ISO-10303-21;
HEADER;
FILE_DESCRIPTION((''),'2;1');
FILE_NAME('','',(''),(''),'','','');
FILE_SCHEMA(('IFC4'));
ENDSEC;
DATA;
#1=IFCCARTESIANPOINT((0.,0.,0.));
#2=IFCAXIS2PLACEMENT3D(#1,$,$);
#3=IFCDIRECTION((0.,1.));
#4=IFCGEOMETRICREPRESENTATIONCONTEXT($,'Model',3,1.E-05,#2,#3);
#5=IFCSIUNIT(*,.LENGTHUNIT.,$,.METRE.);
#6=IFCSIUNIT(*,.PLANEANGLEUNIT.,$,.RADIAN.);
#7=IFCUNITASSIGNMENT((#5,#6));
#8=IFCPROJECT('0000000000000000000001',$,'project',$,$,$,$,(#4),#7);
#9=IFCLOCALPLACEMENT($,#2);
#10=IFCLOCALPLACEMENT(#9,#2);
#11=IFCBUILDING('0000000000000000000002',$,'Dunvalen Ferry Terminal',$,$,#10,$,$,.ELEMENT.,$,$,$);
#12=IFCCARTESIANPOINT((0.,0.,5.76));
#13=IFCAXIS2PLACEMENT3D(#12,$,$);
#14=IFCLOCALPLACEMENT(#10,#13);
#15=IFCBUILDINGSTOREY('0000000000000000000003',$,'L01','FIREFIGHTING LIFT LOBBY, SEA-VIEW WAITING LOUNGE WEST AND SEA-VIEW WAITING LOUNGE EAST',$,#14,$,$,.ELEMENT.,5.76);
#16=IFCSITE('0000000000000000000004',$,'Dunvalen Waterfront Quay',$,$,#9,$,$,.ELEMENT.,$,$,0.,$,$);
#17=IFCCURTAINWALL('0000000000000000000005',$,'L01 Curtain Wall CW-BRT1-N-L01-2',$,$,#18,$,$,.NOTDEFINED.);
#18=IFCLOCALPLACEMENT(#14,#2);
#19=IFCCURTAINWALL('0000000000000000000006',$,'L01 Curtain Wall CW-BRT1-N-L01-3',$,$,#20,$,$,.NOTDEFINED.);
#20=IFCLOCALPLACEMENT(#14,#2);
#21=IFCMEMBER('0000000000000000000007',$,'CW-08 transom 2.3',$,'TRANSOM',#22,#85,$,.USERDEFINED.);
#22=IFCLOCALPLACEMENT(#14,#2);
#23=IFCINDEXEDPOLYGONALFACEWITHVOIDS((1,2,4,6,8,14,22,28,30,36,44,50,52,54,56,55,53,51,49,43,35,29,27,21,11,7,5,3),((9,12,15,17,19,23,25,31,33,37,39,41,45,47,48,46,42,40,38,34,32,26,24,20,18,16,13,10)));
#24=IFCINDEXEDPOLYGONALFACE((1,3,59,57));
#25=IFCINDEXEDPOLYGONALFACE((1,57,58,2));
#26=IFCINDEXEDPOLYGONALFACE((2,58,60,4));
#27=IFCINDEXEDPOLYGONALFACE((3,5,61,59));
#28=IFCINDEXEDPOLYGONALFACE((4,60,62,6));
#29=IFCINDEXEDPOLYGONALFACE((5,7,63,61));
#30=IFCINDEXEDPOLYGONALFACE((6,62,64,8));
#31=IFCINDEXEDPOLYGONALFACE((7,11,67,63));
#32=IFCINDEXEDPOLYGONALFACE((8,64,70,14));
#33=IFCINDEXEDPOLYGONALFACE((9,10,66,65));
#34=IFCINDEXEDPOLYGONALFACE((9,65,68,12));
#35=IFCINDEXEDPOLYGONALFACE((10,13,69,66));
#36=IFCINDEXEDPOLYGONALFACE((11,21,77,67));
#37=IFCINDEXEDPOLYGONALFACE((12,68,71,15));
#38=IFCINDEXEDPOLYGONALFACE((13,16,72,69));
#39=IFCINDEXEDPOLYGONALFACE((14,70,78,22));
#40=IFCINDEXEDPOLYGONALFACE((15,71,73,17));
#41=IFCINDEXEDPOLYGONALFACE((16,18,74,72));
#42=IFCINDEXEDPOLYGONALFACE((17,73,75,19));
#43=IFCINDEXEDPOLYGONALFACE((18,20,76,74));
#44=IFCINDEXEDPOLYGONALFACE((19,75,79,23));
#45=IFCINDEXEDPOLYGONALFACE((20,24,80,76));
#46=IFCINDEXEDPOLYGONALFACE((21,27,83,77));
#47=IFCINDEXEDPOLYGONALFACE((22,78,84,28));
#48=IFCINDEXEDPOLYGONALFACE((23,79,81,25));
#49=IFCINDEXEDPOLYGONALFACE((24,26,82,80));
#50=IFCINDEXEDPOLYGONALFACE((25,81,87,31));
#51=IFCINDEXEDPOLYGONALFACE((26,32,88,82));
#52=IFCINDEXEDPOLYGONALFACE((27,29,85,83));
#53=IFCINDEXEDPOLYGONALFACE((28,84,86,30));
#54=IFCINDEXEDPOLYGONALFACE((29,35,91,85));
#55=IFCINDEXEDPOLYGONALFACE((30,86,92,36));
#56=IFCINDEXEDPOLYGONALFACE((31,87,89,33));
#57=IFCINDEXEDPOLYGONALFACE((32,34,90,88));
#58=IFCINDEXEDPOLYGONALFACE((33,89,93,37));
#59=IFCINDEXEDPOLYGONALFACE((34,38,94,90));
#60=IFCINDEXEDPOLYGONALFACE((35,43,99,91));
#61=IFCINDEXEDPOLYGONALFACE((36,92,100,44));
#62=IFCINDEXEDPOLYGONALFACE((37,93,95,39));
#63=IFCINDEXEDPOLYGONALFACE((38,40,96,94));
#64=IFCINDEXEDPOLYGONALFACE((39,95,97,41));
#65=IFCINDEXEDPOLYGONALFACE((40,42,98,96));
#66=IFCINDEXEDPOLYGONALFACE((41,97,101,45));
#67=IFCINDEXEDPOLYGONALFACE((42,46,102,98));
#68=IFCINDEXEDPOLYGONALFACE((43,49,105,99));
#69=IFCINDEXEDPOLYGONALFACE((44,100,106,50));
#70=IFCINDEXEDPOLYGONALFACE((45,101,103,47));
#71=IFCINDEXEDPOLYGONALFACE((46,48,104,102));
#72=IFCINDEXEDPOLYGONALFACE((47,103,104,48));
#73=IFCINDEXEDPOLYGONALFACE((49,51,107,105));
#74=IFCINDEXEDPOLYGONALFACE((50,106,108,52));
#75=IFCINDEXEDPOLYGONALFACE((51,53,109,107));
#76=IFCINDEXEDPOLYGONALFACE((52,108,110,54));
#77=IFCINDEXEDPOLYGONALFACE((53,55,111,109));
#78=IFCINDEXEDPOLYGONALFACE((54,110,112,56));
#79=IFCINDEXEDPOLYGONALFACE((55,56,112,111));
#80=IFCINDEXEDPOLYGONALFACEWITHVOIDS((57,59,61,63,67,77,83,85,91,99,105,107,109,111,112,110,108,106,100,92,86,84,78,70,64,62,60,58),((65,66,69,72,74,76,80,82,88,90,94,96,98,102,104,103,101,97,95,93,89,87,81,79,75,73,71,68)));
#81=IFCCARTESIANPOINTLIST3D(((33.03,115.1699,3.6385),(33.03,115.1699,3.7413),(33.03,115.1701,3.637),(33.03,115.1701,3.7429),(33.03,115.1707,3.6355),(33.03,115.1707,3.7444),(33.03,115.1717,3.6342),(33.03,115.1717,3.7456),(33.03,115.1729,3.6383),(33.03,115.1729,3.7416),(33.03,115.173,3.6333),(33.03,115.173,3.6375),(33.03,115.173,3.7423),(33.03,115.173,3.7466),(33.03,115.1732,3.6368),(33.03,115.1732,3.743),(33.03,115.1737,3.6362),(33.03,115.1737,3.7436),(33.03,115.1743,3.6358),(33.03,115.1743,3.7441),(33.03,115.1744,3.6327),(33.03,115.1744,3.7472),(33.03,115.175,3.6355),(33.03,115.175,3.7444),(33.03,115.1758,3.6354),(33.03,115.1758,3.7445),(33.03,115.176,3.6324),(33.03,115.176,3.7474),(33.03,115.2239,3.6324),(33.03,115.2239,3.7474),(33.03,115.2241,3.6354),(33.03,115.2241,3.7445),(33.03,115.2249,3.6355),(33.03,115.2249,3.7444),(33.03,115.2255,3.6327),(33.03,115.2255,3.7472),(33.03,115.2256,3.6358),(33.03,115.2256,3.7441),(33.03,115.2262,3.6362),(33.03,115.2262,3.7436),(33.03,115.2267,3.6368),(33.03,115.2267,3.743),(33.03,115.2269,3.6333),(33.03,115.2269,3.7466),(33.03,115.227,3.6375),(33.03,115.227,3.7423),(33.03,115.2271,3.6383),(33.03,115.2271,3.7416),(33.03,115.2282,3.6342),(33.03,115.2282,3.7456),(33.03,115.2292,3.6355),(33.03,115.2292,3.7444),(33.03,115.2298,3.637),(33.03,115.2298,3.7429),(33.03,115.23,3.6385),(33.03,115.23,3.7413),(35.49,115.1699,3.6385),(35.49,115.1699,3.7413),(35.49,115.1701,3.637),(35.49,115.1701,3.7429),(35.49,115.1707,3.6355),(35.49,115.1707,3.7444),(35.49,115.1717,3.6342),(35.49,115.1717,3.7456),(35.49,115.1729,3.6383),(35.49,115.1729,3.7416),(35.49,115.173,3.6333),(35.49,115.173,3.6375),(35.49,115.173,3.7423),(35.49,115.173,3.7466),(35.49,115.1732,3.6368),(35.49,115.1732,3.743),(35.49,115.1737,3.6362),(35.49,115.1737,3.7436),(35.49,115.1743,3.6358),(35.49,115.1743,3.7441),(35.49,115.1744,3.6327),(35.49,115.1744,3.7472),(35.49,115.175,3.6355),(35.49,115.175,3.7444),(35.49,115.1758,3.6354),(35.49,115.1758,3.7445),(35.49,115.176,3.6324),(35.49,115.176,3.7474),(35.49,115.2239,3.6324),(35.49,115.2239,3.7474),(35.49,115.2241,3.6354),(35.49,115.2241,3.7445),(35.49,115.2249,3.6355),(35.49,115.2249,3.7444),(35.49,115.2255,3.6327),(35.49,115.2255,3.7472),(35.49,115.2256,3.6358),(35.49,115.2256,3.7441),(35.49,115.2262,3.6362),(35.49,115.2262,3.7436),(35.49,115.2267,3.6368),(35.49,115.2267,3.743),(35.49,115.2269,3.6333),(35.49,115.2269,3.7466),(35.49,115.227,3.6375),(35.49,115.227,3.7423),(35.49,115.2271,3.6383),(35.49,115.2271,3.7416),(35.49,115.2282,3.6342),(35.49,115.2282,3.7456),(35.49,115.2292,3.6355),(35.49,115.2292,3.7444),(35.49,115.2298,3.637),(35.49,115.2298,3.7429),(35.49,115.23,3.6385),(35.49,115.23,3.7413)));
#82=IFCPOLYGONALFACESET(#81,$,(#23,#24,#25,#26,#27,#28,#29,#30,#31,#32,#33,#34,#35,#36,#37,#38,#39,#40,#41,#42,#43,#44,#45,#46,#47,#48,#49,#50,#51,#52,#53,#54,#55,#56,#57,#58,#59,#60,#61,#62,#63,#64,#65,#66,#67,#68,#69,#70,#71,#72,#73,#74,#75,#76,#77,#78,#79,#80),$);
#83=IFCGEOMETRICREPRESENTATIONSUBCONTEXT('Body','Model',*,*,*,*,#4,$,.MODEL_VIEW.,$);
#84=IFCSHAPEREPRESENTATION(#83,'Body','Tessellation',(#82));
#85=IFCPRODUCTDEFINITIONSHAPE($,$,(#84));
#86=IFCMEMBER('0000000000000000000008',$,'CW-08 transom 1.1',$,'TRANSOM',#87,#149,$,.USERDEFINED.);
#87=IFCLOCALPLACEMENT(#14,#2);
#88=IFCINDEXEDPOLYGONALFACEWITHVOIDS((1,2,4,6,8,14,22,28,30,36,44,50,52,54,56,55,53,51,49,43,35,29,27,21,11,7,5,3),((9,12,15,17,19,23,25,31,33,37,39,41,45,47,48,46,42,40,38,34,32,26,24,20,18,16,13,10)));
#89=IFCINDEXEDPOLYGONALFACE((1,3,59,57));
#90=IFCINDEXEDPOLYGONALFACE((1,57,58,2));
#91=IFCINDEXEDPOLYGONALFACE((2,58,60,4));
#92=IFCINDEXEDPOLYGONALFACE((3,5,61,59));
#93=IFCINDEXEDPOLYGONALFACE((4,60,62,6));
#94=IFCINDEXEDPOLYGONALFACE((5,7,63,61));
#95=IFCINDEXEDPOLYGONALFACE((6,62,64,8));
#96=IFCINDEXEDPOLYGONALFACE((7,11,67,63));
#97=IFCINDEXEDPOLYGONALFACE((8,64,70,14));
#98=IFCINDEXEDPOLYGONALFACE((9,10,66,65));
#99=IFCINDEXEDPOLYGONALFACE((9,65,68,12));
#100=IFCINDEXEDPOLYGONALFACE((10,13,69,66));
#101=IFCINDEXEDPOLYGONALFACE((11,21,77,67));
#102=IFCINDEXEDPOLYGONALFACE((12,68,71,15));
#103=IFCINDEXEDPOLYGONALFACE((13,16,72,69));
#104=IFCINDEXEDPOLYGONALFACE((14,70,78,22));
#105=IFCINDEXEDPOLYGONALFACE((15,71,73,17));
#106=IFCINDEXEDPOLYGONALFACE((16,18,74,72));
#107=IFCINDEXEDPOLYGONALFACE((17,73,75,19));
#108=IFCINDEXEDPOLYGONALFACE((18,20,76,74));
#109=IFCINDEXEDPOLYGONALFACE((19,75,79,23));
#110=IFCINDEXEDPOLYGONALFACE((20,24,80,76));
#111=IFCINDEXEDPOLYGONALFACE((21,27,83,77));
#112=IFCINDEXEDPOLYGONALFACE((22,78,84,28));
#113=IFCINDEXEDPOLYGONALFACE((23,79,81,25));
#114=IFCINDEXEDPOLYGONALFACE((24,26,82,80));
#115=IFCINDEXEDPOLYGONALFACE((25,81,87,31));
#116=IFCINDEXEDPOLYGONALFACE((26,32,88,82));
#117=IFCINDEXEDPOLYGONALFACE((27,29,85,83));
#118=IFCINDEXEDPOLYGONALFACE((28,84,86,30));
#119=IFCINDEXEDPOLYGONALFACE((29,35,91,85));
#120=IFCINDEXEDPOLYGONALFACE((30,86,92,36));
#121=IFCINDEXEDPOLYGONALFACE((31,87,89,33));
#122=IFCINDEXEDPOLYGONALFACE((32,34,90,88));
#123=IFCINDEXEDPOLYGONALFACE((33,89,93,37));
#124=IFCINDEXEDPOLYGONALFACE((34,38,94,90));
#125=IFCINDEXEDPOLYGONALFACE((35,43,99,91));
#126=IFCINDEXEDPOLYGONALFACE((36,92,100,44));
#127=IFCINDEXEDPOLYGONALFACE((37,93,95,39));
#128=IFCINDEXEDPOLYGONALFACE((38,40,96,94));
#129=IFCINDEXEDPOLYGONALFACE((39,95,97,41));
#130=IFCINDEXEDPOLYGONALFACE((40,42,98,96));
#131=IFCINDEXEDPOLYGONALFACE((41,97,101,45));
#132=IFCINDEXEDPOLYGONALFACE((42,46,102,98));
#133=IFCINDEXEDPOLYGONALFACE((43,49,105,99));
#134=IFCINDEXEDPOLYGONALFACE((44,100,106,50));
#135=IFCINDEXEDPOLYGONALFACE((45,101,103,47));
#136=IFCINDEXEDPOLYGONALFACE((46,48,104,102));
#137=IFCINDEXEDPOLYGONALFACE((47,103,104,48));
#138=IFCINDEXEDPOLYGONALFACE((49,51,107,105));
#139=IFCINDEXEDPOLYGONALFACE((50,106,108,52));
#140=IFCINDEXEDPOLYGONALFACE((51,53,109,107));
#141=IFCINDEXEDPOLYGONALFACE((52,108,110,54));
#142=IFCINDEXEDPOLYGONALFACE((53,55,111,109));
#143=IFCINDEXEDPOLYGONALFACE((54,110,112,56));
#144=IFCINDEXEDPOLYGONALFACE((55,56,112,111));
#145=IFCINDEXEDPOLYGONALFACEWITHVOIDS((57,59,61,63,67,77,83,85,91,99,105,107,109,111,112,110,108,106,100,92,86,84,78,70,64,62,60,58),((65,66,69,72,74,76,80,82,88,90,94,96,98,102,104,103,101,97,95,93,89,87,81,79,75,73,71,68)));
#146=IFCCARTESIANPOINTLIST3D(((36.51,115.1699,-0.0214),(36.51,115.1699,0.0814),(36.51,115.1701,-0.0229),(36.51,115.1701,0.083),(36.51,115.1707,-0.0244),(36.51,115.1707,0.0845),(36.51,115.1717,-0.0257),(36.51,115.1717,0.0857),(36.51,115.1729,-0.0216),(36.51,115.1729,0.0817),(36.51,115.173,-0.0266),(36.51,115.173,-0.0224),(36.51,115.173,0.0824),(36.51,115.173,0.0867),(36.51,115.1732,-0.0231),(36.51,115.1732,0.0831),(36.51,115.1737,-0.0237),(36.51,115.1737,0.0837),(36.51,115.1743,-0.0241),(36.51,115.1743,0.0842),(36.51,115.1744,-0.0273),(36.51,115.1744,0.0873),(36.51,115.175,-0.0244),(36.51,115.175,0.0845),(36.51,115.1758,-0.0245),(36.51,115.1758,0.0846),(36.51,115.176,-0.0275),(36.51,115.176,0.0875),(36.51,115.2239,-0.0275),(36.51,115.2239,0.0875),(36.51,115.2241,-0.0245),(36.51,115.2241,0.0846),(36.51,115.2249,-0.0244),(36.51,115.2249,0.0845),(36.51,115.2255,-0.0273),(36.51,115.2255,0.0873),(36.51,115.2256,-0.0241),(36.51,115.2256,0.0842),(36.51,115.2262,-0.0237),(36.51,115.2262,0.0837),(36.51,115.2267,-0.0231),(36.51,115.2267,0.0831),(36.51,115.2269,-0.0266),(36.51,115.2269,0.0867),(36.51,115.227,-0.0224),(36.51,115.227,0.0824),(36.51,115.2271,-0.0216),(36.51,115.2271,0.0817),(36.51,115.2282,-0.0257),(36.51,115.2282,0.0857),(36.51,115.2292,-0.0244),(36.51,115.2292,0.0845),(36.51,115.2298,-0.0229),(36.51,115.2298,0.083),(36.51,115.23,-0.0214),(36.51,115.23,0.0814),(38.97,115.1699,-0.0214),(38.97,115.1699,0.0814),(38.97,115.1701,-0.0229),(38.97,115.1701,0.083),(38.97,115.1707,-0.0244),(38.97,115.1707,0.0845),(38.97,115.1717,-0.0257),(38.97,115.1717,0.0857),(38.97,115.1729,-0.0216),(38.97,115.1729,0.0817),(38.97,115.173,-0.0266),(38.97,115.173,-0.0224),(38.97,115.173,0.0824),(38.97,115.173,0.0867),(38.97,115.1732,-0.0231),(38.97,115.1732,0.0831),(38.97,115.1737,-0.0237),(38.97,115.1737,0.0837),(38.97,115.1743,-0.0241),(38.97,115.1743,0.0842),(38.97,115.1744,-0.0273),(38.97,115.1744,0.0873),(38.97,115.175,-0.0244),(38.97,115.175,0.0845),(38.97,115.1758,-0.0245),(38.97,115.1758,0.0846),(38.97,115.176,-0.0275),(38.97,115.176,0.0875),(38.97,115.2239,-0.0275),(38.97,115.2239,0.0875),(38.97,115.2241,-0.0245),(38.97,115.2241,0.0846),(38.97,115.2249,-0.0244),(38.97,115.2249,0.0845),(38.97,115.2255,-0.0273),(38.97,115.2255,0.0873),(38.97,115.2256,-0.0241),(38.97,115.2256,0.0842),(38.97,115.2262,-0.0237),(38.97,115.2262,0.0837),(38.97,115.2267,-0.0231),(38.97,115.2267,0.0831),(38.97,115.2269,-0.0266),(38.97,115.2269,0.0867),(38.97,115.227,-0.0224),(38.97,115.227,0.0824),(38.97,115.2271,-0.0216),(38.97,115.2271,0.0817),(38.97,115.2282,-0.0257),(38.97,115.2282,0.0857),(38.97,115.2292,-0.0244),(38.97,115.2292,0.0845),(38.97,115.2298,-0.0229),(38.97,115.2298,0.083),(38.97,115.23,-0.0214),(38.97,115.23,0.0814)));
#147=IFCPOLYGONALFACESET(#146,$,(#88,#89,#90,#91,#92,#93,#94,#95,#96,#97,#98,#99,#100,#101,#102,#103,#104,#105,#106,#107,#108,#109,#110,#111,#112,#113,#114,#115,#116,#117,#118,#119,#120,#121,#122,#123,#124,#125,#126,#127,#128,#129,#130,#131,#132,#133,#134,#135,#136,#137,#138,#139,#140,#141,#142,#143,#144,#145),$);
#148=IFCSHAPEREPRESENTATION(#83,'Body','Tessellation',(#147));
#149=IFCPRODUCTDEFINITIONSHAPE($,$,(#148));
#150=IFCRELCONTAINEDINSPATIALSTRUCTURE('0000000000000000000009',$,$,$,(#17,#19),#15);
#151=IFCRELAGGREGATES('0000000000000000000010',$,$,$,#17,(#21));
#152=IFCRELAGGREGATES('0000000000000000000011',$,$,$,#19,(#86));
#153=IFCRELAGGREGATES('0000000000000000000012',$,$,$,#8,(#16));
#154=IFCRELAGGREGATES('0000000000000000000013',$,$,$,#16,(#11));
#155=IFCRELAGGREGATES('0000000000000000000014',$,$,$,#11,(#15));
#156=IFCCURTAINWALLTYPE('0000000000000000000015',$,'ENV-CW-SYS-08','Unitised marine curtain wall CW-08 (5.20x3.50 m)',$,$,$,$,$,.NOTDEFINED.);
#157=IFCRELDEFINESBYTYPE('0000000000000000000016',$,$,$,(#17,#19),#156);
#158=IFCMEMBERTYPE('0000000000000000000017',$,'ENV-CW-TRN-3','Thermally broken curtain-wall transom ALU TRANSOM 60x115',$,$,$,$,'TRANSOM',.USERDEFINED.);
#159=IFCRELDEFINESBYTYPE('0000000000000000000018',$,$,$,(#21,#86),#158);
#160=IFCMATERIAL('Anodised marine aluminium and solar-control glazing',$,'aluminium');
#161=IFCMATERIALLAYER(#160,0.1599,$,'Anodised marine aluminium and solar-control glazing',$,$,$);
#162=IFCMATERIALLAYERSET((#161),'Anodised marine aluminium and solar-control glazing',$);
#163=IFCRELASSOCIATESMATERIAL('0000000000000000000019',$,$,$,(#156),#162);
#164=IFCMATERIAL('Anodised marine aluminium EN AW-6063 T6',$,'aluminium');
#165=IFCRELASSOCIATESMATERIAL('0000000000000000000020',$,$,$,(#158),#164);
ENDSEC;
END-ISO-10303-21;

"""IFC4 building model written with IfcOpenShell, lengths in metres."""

from ifc_helpers import new_model, si_unit, direction, frame, origin, origin_2d, place, context, subcontext, project, spatial, hollow_rectangle, extrude, material, layer, layer_set, material_profile, profile_set, type_object, element, aggregate, save


model = new_model("IFC4")

# Units and contexts
model_context = context("Model", 3, precision=1e-05, world=origin(), true_north=direction((0.0, 1.0)))
body_context = subcontext(model_context, "Body", "Model", "MODEL_VIEW")
ifc_project = project(units=[si_unit("LENGTHUNIT", "METRE"), si_unit("PLANEANGLEUNIT", "RADIAN")], contexts=[model_context])

# Site, building, storey
site_placement = place(None, origin())
site = spatial("IfcSite", under=ifc_project, at=site_placement, Name="Dunvalen Waterfront Quay", CompositionType="ELEMENT", RefElevation=0.0)
building_placement = place(site_placement, origin())
building = spatial("IfcBuilding", under=site, at=building_placement, Name="Dunvalen Ferry Terminal", CompositionType="ELEMENT")
storey_placement = place(building_placement, frame((0.0, 0.0, 5.76)))
storey = spatial("IfcBuildingStorey", under=building, at=storey_placement, Name="L01", Description="FIREFIGHTING LIFT LOBBY, SEA-VIEW WAITING LOUNGE WEST AND SEA-VIEW WAITING LOUNGE EAST", CompositionType="ELEMENT", Elevation=5.76)

# Curtain wall
ifc_material_1 = material(Name="Anodised marine aluminium and solar-control glazing", Category="aluminium")
ifc_layer_1 = layer(ifc_material_1, 0.1599, Name="Anodised marine aluminium and solar-control glazing")
ifc_layer_set_1 = layer_set([ifc_layer_1], Name="Anodised marine aluminium and solar-control glazing")
curtain_wall_type = type_object("IfcCurtainWallType", Name="ENV-CW-SYS-08", Description="Unitised marine curtain wall CW-08 (5.20x3.50 m)", PredefinedType="NOTDEFINED", material=ifc_layer_set_1)
ifc_material_2 = material(Name="Anodised marine aluminium EN AW-6063 T6", Category="aluminium")
curtain_wall_1_placement = place(storey_placement, origin())
curtain_wall_1 = element("IfcCurtainWall", 1, at=curtain_wall_1_placement, inside=storey, type_object=curtain_wall_type, Name="L01 Curtain Wall CW-BRT1-N-L01-2", PredefinedType="NOTDEFINED")

# Curtain wall
curtain_wall_2_placement = place(storey_placement, origin())
curtain_wall_2 = element("IfcCurtainWall", 2, at=curtain_wall_2_placement, inside=storey, type_object=curtain_wall_type, Name="L01 Curtain Wall CW-BRT1-N-L01-3", PredefinedType="NOTDEFINED")

# Members
ifc_material_profile_1 = material_profile(ifc_material_2, hollow_rectangle(XDim=0.0601, YDim=0.115, WallThickness=0.0029, InnerFilletRadius=0.0029, OuterFilletRadius=0.0061, at=origin_2d()), Name="Anodised marine aluminium EN AW-6063 T6")
ifc_profile_set_1 = profile_set([ifc_material_profile_1], Name="Anodised marine aluminium EN AW-6063 T6")
member_type_1 = type_object("IfcMemberType", Name="ENV-CW-TRN-3", Description="Thermally broken curtain-wall transom ALU TRANSOM 60x115", ElementType="TRANSOM", PredefinedType="USERDEFINED", material=ifc_profile_set_1)
member_1_placement = place(storey_placement, frame((33.03, 115.2, 3.6899), z_axis=(1.0, 0.0, 0.0), x_axis=(0.0, 1.0, 0.0)))
member_1 = element("IfcMember", 3, at=member_1_placement, type_object=member_type_1, Name="CW-08 transom 2.3", ObjectType="TRANSOM", PredefinedType="USERDEFINED", context=body_context, shape_type="SweptSolid", body=[
    extrude(hollow_rectangle(XDim=0.0601, YDim=0.115, WallThickness=0.0029, InnerFilletRadius=0.0029, OuterFilletRadius=0.0061, at=origin_2d()), origin(), (0.0, 0.0, 1.0), 2.46),
])
member_2_placement = place(storey_placement, frame((36.51, 115.2, 0.03), z_axis=(1.0, 0.0, 0.0), x_axis=(0.0, 1.0, 0.0)))
member_2 = element("IfcMember", 4, at=member_2_placement, type_object=member_type_1, Name="CW-08 transom 1.1", ObjectType="TRANSOM", PredefinedType="USERDEFINED", context=body_context, shape_type="SweptSolid", body=[
    extrude(hollow_rectangle(XDim=0.0601, YDim=0.115, WallThickness=0.0029, InnerFilletRadius=0.0029, OuterFilletRadius=0.0061, at=origin_2d()), origin(), (0.0, 0.0, 1.0), 2.46),
])

aggregate(curtain_wall_1, [member_1])
aggregate(curtain_wall_2, [member_2])

save(model, "model.ifc")
